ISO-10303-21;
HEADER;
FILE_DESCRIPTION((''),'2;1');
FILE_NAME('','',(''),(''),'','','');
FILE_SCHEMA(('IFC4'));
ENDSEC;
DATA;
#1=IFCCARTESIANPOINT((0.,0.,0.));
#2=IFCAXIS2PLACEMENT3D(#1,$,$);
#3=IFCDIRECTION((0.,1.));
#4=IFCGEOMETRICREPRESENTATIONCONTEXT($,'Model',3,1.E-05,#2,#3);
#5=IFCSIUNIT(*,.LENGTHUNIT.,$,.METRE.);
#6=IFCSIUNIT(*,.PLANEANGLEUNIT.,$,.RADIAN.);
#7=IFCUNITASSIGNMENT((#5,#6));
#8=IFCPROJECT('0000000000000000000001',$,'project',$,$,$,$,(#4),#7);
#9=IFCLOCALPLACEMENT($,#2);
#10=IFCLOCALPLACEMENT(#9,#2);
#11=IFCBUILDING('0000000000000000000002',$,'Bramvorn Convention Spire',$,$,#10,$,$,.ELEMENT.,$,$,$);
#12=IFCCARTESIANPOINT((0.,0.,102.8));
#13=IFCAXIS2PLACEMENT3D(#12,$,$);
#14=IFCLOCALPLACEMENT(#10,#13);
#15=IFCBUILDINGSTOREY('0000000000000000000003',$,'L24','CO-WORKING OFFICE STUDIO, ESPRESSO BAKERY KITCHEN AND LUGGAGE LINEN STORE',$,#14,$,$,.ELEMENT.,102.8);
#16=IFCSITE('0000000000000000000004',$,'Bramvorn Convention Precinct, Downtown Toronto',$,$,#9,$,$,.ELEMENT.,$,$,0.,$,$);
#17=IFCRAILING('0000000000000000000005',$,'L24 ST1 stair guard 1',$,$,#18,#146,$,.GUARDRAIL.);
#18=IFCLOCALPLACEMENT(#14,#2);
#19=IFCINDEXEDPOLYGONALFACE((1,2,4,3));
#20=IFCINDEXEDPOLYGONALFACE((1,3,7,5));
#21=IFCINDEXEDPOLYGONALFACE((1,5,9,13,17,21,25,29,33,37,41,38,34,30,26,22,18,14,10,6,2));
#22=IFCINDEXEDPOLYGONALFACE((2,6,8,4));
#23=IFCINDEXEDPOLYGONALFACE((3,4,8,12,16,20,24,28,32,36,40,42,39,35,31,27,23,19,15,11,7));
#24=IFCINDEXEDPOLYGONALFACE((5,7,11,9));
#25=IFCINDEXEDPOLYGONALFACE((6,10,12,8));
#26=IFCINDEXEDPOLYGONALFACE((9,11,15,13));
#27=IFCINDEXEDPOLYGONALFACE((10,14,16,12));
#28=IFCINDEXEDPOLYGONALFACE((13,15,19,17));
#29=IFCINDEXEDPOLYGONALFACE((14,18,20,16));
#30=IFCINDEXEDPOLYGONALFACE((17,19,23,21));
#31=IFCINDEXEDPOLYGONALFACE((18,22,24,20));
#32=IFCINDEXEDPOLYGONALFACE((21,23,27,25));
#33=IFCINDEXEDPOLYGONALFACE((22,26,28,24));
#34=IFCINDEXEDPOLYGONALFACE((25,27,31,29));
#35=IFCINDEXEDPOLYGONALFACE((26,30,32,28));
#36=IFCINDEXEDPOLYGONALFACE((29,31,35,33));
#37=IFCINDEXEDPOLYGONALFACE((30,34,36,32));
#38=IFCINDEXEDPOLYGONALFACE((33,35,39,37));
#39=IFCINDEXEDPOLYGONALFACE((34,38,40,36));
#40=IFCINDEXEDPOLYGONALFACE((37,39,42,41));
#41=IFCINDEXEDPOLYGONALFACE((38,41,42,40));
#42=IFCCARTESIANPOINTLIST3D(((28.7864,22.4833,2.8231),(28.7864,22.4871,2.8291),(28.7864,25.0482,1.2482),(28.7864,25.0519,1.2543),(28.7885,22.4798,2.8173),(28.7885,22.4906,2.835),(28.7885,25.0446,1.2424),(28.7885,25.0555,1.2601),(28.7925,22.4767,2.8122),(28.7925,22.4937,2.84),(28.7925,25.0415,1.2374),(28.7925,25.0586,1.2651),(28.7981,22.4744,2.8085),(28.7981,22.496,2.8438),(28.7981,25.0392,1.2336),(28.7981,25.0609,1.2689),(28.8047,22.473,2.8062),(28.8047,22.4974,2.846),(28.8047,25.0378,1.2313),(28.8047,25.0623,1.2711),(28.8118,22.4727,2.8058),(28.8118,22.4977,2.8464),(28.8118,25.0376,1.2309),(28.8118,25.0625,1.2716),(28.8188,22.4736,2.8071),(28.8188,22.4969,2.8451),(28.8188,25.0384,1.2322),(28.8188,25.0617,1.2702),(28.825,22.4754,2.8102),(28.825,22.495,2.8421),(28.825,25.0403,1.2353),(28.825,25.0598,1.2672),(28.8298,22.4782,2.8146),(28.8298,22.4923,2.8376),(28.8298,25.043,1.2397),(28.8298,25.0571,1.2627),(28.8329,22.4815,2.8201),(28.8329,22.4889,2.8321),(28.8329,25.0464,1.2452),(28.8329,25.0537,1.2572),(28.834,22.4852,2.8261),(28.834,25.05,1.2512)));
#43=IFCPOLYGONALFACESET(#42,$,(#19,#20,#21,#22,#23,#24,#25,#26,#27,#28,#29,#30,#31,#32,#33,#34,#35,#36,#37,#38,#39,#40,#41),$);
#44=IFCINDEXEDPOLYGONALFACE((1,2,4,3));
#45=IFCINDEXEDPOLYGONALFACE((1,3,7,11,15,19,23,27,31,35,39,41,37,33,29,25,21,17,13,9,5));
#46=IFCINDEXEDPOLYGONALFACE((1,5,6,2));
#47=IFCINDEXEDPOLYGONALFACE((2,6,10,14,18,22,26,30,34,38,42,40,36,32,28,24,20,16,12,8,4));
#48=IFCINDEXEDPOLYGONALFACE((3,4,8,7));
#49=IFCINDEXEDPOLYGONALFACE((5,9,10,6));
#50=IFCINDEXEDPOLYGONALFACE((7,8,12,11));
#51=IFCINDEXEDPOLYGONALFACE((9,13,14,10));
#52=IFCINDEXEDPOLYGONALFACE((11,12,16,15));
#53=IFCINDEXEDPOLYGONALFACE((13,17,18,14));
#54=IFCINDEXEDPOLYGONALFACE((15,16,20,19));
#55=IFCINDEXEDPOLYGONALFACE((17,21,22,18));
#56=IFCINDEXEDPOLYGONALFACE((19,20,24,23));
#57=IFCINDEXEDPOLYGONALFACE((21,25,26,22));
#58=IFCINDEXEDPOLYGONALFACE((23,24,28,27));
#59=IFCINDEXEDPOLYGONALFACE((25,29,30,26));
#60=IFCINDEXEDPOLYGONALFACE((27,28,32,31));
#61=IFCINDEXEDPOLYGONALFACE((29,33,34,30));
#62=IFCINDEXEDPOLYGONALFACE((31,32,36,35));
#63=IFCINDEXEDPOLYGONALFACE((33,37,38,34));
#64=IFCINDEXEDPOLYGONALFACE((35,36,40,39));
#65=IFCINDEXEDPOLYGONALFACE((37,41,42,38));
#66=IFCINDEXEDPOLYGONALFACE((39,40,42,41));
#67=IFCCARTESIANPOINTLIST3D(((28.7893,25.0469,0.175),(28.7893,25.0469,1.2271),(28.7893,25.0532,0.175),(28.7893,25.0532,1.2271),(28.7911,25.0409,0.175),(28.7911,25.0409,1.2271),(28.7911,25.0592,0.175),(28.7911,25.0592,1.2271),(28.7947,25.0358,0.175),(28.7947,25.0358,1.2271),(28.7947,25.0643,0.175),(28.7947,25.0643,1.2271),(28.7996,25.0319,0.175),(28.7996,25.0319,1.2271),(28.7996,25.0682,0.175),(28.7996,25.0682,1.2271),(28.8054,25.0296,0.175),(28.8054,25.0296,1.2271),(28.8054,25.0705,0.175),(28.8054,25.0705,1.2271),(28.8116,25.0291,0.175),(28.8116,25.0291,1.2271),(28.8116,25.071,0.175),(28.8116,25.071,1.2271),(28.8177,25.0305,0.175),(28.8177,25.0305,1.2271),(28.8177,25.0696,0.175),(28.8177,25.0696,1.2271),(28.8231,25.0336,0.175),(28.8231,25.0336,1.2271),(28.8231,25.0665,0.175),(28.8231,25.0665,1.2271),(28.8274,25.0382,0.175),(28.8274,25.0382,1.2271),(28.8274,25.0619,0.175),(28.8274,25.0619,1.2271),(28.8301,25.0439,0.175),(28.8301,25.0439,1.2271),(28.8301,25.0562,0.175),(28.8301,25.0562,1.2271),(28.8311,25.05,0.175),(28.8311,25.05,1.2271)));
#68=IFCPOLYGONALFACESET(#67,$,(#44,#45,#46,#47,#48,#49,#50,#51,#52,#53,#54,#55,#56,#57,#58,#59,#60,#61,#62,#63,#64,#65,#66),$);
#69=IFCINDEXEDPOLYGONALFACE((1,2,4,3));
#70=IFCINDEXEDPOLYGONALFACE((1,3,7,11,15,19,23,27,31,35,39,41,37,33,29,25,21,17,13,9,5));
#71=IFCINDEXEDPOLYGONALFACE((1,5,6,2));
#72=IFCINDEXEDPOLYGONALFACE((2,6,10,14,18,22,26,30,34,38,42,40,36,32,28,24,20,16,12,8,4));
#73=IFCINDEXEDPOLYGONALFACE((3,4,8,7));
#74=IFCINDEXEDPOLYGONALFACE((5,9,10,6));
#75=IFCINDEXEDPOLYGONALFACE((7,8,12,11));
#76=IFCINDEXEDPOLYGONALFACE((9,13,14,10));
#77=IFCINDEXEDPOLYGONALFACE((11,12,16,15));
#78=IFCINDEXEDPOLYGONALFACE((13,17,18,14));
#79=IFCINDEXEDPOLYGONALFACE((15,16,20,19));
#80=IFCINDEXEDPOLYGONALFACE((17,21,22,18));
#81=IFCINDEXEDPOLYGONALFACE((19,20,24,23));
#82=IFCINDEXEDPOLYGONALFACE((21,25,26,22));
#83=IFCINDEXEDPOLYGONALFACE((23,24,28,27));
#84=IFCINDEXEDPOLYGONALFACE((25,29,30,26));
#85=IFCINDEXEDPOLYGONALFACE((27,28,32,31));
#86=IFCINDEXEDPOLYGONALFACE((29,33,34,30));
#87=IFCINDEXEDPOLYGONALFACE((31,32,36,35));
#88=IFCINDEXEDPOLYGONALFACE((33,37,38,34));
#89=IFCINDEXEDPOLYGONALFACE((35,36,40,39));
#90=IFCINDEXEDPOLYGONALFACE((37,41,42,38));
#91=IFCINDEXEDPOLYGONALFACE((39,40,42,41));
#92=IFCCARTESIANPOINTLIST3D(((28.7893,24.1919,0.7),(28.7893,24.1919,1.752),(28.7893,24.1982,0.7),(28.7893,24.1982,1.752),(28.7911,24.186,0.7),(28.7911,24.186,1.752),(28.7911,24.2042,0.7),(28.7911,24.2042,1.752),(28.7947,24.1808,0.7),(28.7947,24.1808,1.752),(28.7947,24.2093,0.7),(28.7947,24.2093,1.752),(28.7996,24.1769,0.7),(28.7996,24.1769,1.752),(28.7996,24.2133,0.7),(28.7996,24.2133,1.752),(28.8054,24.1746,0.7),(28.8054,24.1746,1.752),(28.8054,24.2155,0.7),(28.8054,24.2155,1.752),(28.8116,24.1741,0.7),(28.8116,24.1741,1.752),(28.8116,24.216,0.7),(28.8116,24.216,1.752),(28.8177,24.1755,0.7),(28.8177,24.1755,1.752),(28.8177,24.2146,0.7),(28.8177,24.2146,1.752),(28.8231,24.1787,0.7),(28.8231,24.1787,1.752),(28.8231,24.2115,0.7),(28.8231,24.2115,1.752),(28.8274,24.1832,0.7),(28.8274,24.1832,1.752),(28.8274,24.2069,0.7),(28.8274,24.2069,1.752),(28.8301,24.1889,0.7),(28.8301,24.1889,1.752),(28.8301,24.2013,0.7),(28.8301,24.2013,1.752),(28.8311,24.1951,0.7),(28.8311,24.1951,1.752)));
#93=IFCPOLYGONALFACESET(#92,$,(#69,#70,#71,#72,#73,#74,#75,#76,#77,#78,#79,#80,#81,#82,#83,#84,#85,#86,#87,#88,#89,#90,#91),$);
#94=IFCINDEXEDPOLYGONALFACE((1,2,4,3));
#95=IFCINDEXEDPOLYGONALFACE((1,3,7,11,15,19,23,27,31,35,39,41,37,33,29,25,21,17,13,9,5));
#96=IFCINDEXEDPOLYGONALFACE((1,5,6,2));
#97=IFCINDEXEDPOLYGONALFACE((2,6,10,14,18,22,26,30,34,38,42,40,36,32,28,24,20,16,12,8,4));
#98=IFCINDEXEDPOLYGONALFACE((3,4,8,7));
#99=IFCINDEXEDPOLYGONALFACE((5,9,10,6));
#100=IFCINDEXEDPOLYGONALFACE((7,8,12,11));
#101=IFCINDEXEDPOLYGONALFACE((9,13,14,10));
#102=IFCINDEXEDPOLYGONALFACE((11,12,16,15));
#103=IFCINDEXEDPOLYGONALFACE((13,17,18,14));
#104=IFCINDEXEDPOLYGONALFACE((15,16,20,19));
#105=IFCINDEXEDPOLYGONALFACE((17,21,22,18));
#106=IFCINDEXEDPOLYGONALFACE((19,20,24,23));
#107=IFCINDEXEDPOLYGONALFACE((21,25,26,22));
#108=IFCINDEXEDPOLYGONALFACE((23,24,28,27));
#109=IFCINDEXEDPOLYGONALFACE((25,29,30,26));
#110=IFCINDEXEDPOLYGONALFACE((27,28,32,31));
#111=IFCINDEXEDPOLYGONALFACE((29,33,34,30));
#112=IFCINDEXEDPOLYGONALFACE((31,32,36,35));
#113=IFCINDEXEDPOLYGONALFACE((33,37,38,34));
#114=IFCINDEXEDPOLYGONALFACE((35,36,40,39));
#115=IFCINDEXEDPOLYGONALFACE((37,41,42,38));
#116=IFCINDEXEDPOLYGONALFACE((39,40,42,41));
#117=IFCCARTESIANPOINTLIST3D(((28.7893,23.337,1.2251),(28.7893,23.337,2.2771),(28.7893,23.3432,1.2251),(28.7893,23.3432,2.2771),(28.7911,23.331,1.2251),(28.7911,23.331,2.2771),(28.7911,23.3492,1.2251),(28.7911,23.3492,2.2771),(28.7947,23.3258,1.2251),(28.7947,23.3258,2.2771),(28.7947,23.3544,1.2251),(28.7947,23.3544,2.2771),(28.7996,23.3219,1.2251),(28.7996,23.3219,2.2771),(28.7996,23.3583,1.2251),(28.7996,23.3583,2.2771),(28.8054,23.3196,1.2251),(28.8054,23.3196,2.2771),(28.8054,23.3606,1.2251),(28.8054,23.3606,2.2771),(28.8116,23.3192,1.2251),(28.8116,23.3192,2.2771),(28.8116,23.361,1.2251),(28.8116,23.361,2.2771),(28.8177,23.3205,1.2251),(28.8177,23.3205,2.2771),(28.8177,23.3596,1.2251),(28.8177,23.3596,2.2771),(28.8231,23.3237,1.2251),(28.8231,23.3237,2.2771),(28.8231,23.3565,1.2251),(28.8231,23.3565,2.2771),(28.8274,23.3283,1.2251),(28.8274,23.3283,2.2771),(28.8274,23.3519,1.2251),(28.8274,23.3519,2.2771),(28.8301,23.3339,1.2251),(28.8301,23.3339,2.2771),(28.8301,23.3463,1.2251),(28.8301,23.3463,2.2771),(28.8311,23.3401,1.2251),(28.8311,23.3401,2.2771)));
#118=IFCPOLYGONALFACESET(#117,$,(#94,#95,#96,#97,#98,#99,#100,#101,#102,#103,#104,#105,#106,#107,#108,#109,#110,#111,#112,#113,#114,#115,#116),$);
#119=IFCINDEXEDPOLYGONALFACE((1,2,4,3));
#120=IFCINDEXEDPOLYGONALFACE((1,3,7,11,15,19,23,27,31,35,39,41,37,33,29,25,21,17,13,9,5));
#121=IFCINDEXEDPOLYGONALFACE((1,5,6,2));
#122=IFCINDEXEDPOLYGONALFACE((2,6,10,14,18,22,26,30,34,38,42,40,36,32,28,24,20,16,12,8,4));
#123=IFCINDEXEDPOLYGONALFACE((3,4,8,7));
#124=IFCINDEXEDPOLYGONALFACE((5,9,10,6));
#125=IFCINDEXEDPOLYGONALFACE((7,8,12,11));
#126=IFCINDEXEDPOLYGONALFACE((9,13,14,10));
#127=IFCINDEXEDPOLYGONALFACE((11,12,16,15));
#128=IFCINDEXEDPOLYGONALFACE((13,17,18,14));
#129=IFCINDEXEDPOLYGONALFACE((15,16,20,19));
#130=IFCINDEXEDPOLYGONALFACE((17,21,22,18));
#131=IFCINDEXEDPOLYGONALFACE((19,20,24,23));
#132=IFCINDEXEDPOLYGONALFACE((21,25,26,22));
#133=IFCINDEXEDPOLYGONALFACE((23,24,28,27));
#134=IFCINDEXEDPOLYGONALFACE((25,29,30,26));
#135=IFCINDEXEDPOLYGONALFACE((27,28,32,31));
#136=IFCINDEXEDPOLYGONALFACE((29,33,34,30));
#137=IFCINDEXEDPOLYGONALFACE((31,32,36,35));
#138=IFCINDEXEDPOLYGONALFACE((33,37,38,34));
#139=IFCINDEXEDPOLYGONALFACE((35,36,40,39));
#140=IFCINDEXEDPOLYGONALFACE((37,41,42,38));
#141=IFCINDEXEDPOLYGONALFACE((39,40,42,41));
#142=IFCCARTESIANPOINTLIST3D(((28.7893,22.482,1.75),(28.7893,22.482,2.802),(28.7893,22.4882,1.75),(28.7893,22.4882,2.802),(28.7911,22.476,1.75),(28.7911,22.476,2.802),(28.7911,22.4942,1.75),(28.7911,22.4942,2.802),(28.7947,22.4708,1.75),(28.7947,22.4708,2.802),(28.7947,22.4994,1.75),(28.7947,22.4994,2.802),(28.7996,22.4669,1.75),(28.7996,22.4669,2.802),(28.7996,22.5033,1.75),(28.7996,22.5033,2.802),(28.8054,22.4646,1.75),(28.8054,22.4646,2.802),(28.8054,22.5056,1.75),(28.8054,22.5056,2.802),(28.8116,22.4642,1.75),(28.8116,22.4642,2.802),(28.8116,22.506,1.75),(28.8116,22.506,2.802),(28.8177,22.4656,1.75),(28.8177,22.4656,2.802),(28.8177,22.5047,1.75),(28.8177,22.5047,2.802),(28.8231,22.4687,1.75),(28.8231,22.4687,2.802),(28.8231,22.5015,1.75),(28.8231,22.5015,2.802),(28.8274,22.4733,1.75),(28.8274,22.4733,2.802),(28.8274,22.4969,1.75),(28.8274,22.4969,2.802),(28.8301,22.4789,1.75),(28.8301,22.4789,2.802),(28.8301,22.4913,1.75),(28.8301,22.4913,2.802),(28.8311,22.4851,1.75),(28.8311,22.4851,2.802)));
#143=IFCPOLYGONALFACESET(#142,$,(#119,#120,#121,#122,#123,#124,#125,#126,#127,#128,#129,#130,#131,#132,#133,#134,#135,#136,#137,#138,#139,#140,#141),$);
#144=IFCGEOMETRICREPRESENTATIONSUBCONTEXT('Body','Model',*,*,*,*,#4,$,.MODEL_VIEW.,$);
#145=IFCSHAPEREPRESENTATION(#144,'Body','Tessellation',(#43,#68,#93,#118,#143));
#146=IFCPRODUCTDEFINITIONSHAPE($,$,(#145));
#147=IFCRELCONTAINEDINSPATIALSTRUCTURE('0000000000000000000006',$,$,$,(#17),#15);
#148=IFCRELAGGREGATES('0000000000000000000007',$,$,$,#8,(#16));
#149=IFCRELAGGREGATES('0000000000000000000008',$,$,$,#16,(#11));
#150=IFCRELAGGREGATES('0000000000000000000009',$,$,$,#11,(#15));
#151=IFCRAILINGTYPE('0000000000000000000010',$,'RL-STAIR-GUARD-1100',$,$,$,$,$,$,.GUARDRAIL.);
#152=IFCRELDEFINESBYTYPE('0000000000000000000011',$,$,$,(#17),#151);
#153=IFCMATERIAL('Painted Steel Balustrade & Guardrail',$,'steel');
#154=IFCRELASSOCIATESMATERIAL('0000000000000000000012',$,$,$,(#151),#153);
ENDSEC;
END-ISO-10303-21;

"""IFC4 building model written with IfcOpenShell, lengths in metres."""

from ifc_helpers import new_model, si_unit, direction, frame, origin, origin_2d, place, context, subcontext, project, spatial, circle, extrude, material, type_object, element, save


model = new_model("IFC4")

# Units and contexts
model_context = context("Model", 3, precision=1e-05, world=origin(), true_north=direction((0.0, 1.0)))
body_context = subcontext(model_context, "Body", "Model", "MODEL_VIEW")
ifc_project = project(units=[si_unit("LENGTHUNIT", "METRE"), si_unit("PLANEANGLEUNIT", "RADIAN")], contexts=[model_context])

# Site, building, storey
site_placement = place(None, origin())
site = spatial("IfcSite", under=ifc_project, at=site_placement, Name="Bramvorn Convention Precinct, Downtown Toronto", CompositionType="ELEMENT", RefElevation=0.0)
building_placement = place(site_placement, origin())
building = spatial("IfcBuilding", under=site, at=building_placement, Name="Bramvorn Convention Spire", CompositionType="ELEMENT")
storey_placement = place(building_placement, frame((0.0, 0.0, 102.8)))
storey = spatial("IfcBuildingStorey", under=building, at=storey_placement, Name="L24", Description="CO-WORKING OFFICE STUDIO, ESPRESSO BAKERY KITCHEN AND LUGGAGE LINEN STORE", CompositionType="ELEMENT", Elevation=102.8)

# Railing
ifc_material_1 = material(Name="Painted Steel Balustrade & Guardrail", Category="steel")
railing_type_1 = type_object("IfcRailingType", Name="RL-STAIR-GUARD-1100", PredefinedType="GUARDRAIL", material=ifc_material_1)
railing_1_placement = place(storey_placement, frame((28.8101, 25.05, 0.175)))
element("IfcRailing", 1, at=railing_1_placement, inside=storey, type_object=railing_type_1, Name="L24 ST1 stair guard 1", PredefinedType="GUARDRAIL", context=body_context, shape_type="SweptSolid", body=[
    extrude(circle(Radius=0.0239, at=origin_2d()), frame((0.0, 0.0, 1.0762), z_axis=(0.0, -0.852173, 0.52326), x_axis=(1.0, 0.0, 0.0)), (0.0, 0.0, 1.0), 3.0098),
    extrude(circle(Radius=0.021, at=origin_2d()), origin(), (0.0, 0.0, 1.0), 1.052),
    extrude(circle(Radius=0.021, at=origin_2d()), frame((0.0, -0.855, 0.5249)), (0.0, 0.0, 1.0), 1.052),
    extrude(circle(Radius=0.021, at=origin_2d()), frame((0.0, -1.71, 1.05)), (0.0, 0.0, 1.0), 1.052),
    extrude(circle(Radius=0.021, at=origin_2d()), frame((0.0, -2.5649, 1.575)), (0.0, 0.0, 1.0), 1.052),
])

save(model, "model.ifc")
